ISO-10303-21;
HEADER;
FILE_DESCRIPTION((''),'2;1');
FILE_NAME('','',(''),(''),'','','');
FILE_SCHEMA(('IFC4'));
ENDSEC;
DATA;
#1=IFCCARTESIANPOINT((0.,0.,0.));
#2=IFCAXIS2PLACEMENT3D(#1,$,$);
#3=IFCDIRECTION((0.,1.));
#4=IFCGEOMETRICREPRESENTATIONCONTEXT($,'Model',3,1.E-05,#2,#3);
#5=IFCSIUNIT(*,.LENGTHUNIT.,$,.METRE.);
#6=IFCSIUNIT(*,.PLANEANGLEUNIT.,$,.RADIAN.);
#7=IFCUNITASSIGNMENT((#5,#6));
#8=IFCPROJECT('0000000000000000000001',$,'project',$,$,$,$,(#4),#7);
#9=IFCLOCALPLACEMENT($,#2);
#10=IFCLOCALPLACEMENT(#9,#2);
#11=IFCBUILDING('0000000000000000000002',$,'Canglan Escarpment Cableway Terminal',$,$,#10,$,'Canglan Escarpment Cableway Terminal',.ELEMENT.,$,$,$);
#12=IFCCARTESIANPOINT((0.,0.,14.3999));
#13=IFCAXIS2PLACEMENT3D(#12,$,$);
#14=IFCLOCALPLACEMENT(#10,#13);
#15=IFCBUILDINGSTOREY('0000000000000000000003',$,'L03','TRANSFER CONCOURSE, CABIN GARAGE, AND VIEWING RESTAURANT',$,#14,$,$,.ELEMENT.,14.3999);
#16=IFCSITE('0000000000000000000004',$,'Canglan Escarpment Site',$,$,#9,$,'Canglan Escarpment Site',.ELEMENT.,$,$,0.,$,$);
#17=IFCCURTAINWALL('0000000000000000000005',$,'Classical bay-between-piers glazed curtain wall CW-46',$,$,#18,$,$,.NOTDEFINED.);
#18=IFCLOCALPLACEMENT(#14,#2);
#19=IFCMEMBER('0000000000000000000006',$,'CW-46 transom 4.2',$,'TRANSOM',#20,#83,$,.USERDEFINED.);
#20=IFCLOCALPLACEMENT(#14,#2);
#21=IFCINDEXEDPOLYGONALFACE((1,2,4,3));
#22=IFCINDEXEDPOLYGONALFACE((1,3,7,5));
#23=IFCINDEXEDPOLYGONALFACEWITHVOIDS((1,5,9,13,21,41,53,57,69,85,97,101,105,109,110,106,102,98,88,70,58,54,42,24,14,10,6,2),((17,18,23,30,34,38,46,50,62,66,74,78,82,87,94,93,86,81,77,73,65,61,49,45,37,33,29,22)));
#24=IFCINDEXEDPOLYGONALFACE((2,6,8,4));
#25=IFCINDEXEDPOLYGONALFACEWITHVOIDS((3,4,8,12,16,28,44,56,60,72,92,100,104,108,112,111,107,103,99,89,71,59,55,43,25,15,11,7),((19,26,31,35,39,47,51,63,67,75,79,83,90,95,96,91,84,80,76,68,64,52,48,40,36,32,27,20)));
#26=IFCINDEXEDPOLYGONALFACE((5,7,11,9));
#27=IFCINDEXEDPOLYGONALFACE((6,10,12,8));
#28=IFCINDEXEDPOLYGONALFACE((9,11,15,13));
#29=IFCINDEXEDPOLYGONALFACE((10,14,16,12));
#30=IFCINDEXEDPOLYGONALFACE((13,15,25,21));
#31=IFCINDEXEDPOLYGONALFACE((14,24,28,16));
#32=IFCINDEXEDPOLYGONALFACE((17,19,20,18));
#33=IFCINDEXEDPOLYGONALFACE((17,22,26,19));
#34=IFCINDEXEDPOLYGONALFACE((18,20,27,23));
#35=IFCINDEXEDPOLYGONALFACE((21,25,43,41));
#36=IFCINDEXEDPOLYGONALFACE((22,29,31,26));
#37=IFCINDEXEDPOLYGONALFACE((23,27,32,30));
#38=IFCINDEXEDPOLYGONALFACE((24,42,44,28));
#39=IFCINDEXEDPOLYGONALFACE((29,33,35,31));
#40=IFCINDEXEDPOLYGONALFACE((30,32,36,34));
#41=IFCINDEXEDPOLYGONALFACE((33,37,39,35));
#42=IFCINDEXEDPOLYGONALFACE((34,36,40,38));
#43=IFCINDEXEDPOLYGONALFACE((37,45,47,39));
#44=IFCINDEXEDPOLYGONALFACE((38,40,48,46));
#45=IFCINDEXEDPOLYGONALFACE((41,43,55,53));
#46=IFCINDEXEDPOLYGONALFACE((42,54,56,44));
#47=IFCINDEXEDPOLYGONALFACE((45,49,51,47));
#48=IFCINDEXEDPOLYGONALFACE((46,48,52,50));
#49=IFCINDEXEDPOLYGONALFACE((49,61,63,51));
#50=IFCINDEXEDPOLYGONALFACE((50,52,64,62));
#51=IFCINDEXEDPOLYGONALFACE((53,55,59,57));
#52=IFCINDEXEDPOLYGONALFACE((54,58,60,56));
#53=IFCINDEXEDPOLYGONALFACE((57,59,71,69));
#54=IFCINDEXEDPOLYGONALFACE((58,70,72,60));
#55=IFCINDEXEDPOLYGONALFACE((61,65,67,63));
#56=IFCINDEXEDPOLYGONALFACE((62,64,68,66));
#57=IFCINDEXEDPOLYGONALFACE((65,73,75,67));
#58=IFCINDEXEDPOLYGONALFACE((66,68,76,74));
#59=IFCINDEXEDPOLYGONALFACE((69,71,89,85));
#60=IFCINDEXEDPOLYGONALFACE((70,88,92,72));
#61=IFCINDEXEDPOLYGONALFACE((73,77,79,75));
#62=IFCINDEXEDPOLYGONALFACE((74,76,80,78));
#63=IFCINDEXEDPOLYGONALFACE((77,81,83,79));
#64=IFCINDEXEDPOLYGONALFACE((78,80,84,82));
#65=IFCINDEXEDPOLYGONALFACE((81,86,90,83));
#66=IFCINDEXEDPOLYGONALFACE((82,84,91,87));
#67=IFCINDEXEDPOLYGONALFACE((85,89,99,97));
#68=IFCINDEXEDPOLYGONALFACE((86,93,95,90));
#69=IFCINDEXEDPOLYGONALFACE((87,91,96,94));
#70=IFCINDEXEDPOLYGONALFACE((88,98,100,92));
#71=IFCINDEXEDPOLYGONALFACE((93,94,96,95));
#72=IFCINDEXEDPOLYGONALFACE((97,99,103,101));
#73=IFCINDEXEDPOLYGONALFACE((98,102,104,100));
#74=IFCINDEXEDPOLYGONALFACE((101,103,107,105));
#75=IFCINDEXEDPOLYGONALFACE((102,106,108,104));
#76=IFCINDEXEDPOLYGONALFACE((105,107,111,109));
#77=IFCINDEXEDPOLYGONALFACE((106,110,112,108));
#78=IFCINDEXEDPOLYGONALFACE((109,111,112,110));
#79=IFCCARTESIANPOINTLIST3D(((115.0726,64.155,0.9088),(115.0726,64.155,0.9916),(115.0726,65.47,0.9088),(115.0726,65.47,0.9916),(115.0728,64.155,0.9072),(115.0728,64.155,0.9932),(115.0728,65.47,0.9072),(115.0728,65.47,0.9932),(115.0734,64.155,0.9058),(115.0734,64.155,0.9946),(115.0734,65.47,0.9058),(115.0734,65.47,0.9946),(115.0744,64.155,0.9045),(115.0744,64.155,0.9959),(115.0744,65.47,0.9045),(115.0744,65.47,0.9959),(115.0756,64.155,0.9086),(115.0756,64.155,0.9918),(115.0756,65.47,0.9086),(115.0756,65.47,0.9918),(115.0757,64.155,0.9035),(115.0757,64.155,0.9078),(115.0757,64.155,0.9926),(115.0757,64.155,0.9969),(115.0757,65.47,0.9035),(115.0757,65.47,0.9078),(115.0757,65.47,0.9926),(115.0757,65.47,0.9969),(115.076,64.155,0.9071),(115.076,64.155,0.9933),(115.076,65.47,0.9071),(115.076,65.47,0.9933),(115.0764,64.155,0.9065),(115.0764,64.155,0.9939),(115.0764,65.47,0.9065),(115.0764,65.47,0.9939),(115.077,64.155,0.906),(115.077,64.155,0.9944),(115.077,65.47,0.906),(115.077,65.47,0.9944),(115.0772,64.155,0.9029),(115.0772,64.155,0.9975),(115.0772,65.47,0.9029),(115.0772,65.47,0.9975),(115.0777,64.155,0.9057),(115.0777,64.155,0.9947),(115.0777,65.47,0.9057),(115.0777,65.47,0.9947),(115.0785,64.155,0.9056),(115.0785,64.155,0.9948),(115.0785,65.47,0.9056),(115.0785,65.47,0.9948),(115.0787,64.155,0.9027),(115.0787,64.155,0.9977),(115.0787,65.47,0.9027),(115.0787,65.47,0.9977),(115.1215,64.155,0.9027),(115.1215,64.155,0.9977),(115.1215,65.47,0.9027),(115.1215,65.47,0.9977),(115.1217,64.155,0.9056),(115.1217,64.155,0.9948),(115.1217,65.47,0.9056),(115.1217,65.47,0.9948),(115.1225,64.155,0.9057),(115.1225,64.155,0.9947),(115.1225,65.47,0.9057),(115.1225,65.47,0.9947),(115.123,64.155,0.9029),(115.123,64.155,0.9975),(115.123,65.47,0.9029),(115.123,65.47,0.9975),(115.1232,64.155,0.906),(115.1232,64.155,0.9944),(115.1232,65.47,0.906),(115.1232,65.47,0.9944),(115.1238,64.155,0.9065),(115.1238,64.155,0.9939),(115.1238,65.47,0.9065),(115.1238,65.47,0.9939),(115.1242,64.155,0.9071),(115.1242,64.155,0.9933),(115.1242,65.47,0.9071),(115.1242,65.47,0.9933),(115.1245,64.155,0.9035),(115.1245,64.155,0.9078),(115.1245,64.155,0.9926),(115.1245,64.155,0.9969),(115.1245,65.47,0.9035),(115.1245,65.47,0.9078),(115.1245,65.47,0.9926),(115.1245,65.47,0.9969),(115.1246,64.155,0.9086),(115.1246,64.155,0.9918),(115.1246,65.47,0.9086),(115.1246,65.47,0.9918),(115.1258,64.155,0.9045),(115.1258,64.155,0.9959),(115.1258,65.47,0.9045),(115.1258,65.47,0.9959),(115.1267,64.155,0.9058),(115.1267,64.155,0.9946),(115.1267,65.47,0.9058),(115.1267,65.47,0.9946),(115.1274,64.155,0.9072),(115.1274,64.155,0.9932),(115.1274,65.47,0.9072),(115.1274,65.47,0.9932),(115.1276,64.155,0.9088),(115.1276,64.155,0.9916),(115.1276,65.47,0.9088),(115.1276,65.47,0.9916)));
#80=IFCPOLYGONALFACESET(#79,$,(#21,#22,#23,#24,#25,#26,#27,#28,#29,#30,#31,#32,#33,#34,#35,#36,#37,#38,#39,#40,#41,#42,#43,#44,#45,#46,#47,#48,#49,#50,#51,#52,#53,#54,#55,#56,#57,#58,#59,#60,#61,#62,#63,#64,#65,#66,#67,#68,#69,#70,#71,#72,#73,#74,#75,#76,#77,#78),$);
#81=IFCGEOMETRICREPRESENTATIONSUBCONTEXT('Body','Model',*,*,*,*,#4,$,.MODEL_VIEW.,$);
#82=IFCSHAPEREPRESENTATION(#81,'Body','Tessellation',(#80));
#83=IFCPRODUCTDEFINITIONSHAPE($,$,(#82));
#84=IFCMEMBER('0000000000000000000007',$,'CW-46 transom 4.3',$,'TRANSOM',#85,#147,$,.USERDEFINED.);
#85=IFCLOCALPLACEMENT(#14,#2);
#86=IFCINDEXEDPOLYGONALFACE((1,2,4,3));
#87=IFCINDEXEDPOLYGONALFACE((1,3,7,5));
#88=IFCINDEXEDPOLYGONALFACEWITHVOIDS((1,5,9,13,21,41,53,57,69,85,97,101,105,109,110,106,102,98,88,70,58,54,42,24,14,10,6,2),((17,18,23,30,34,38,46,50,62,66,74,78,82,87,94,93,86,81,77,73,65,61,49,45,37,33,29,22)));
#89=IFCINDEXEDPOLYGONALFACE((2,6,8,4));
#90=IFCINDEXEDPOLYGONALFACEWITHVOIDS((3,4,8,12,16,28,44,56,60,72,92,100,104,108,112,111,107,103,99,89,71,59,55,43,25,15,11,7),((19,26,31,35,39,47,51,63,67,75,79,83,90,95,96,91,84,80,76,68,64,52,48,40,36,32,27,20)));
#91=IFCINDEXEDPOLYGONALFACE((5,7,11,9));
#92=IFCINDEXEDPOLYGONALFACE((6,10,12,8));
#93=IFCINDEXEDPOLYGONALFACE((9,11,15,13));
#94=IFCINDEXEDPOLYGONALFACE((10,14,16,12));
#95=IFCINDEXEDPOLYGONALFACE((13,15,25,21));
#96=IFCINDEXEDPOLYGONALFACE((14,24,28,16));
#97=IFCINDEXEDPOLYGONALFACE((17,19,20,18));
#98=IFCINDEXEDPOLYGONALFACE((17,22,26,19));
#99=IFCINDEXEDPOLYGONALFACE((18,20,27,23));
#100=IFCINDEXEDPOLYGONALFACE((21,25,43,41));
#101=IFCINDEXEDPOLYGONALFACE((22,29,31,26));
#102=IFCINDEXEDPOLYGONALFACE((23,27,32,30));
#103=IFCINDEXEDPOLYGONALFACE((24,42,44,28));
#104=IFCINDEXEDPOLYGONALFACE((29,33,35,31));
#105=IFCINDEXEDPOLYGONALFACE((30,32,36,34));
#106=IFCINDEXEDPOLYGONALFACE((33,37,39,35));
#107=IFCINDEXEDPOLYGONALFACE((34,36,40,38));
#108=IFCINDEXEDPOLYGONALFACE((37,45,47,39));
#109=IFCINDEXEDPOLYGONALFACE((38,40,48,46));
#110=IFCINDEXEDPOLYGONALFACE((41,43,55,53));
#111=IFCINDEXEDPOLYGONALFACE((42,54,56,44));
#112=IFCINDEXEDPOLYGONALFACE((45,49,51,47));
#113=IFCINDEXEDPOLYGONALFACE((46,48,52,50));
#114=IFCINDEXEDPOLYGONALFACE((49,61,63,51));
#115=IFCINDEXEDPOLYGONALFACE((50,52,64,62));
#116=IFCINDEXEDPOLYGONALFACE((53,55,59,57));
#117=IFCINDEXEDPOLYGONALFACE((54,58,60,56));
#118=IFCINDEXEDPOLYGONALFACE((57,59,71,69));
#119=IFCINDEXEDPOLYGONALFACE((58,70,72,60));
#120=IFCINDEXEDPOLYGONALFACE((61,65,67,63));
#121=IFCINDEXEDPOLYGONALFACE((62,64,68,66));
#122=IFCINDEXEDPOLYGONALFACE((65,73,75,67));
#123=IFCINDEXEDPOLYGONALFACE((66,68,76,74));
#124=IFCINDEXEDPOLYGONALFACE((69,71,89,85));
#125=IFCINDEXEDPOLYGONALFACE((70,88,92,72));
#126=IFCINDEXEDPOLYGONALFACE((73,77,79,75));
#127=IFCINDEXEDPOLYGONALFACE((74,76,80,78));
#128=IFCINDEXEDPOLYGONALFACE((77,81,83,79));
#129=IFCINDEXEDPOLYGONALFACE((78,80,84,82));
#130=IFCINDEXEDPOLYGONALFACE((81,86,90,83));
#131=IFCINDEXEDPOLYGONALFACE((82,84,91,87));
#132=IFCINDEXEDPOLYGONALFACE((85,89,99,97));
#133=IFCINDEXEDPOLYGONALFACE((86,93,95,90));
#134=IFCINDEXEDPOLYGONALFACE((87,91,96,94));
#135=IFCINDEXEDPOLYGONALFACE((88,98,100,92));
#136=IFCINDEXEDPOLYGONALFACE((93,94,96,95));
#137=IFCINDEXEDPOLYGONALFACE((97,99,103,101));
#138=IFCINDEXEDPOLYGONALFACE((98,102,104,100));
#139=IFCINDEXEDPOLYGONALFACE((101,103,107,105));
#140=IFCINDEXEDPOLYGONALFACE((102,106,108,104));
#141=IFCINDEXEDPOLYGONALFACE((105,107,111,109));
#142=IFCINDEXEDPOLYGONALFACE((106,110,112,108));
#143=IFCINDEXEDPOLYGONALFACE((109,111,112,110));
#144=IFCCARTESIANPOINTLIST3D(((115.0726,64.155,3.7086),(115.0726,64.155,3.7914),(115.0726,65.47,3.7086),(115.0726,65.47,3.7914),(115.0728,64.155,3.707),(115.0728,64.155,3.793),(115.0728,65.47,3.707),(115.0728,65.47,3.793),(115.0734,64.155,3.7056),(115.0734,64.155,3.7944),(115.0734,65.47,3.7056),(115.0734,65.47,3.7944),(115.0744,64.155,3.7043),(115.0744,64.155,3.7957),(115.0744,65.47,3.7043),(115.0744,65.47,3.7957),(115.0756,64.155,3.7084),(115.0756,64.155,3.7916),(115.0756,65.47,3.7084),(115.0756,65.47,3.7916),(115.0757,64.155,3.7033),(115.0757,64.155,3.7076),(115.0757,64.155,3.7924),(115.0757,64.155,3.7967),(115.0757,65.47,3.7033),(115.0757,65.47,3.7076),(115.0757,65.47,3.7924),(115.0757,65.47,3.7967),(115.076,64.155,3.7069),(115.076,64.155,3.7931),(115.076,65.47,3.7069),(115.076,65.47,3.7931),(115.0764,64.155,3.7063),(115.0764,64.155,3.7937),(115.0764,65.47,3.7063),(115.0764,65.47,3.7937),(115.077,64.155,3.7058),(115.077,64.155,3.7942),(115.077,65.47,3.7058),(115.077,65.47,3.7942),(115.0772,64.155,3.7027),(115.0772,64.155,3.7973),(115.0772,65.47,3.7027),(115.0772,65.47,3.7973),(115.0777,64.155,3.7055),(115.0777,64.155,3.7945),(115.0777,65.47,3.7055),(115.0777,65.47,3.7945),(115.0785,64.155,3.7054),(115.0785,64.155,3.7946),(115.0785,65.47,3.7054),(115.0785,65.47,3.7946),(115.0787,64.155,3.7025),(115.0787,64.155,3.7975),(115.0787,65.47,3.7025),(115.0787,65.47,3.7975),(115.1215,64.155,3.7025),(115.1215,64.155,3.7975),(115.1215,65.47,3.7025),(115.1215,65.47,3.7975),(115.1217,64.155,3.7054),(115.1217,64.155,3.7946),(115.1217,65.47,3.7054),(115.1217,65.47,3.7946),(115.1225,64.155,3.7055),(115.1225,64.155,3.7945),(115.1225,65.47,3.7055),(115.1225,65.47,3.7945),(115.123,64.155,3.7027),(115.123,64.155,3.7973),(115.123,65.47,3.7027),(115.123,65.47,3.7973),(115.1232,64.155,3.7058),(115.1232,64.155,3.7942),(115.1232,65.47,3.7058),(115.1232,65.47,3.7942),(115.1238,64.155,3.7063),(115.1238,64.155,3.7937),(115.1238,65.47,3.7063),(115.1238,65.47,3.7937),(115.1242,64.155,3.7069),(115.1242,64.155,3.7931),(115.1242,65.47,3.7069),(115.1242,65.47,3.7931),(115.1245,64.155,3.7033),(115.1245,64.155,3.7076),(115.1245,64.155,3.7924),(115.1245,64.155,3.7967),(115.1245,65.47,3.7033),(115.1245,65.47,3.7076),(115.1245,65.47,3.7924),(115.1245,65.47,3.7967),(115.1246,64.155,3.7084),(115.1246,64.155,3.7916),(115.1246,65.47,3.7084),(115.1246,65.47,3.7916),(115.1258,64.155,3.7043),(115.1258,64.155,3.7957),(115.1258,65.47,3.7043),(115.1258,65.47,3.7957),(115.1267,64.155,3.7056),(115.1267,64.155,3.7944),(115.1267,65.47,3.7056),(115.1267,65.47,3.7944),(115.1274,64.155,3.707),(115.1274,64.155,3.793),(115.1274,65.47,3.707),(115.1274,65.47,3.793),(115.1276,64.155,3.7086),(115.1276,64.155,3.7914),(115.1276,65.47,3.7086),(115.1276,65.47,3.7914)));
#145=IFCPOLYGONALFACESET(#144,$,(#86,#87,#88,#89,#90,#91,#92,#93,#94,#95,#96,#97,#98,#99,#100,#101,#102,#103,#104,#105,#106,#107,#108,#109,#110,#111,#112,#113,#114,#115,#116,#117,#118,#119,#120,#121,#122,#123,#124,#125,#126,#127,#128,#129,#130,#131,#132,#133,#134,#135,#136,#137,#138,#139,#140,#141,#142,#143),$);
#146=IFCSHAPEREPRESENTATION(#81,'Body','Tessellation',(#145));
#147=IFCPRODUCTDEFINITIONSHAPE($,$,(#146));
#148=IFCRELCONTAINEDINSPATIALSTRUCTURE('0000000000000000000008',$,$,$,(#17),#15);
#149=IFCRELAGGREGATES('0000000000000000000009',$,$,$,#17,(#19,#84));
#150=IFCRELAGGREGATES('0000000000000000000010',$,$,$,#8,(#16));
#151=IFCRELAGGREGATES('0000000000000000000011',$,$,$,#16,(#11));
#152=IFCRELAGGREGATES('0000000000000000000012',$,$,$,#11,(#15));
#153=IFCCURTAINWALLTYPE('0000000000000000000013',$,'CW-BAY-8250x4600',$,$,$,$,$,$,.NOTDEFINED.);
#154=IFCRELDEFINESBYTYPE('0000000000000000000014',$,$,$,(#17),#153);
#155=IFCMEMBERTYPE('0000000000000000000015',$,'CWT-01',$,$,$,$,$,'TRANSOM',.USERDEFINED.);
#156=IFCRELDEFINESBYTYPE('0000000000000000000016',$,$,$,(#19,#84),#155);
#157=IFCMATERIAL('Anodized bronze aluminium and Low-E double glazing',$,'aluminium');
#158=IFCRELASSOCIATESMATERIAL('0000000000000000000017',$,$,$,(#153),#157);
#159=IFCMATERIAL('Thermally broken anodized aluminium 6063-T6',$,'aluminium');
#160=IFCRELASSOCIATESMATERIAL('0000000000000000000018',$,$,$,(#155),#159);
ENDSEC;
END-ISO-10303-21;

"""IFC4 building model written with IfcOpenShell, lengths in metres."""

from ifc_helpers import new_model, si_unit, direction, frame, origin, origin_2d, place, context, subcontext, project, spatial, hollow_rectangle, extrude, material, material_profile, profile_set, type_object, element, aggregate, save


model = new_model("IFC4")

# Units and contexts
model_context = context("Model", 3, precision=1e-05, world=origin(), true_north=direction((0.0, 1.0)))
body_context = subcontext(model_context, "Body", "Model", "MODEL_VIEW")
ifc_project = project(units=[si_unit("LENGTHUNIT", "METRE"), si_unit("PLANEANGLEUNIT", "RADIAN")], contexts=[model_context])

# Site, building, storey
site_placement = place(None, origin())
site = spatial("IfcSite", under=ifc_project, at=site_placement, Name="Canglan Escarpment Site", LongName="Canglan Escarpment Site", CompositionType="ELEMENT", RefElevation=0.0)
building_placement = place(site_placement, origin())
building = spatial("IfcBuilding", under=site, at=building_placement, Name="Canglan Escarpment Cableway Terminal", LongName="Canglan Escarpment Cableway Terminal", CompositionType="ELEMENT")
storey_placement = place(building_placement, frame((0.0, 0.0, 14.3999)))
storey = spatial("IfcBuildingStorey", under=building, at=storey_placement, Name="L03", Description="TRANSFER CONCOURSE, CABIN GARAGE, AND VIEWING RESTAURANT", CompositionType="ELEMENT", Elevation=14.3999)

# Curtain wall, members
ifc_material_1 = material(Name="Anodized bronze aluminium and Low-E double glazing", Category="aluminium")
curtain_wall_type = type_object("IfcCurtainWallType", Name="CW-BAY-8250x4600", PredefinedType="NOTDEFINED", material=ifc_material_1)
curtain_wall_placement = place(storey_placement, origin())
curtain_wall = element("IfcCurtainWall", 1, at=curtain_wall_placement, inside=storey, type_object=curtain_wall_type, Name="Classical bay-between-piers glazed curtain wall CW-46", PredefinedType="NOTDEFINED")
ifc_material_2 = material(Name="Thermally broken anodized aluminium 6063-T6", Category="aluminium")
ifc_material_profile_1 = material_profile(ifc_material_2, hollow_rectangle(XDim=0.0549, YDim=0.095, WallThickness=0.0029, InnerFilletRadius=0.0029, OuterFilletRadius=0.0061, at=origin_2d()), Name="ALU-TRAN 55x95x3")
ifc_profile_set_1 = profile_set([ifc_material_profile_1], Name="Thermally broken anodized aluminium 6063-T6")
member_type_1 = type_object("IfcMemberType", Name="CWT-01", ElementType="TRANSOM", PredefinedType="USERDEFINED", material=ifc_profile_set_1)
member_1_placement = place(storey_placement, frame((115.1001, 65.47, 0.9502), z_axis=(0.0, -1.0, 0.0), x_axis=(1.0, 0.0, 0.0)))
member_1 = element("IfcMember", 2, at=member_1_placement, type_object=member_type_1, Name="CW-46 transom 4.2", ObjectType="TRANSOM", PredefinedType="USERDEFINED", context=body_context, shape_type="SweptSolid", body=[
    extrude(hollow_rectangle(XDim=0.0549, YDim=0.095, WallThickness=0.0029, InnerFilletRadius=0.0029, OuterFilletRadius=0.0061, at=origin_2d()), origin(), (0.0, 0.0, 1.0), 1.3149),
])
member_2_placement = place(storey_placement, frame((115.1001, 65.47, 3.75), z_axis=(0.0, -1.0, 0.0), x_axis=(1.0, 0.0, 0.0)))
member_2 = element("IfcMember", 3, at=member_2_placement, type_object=member_type_1, Name="CW-46 transom 4.3", ObjectType="TRANSOM", PredefinedType="USERDEFINED", context=body_context, shape_type="SweptSolid", body=[
    extrude(hollow_rectangle(XDim=0.0549, YDim=0.095, WallThickness=0.0029, InnerFilletRadius=0.0029, OuterFilletRadius=0.0061, at=origin_2d()), origin(), (0.0, 0.0, 1.0), 1.3149),
])
aggregate(curtain_wall, [member_1, member_2])

save(model, "model.ifc")
